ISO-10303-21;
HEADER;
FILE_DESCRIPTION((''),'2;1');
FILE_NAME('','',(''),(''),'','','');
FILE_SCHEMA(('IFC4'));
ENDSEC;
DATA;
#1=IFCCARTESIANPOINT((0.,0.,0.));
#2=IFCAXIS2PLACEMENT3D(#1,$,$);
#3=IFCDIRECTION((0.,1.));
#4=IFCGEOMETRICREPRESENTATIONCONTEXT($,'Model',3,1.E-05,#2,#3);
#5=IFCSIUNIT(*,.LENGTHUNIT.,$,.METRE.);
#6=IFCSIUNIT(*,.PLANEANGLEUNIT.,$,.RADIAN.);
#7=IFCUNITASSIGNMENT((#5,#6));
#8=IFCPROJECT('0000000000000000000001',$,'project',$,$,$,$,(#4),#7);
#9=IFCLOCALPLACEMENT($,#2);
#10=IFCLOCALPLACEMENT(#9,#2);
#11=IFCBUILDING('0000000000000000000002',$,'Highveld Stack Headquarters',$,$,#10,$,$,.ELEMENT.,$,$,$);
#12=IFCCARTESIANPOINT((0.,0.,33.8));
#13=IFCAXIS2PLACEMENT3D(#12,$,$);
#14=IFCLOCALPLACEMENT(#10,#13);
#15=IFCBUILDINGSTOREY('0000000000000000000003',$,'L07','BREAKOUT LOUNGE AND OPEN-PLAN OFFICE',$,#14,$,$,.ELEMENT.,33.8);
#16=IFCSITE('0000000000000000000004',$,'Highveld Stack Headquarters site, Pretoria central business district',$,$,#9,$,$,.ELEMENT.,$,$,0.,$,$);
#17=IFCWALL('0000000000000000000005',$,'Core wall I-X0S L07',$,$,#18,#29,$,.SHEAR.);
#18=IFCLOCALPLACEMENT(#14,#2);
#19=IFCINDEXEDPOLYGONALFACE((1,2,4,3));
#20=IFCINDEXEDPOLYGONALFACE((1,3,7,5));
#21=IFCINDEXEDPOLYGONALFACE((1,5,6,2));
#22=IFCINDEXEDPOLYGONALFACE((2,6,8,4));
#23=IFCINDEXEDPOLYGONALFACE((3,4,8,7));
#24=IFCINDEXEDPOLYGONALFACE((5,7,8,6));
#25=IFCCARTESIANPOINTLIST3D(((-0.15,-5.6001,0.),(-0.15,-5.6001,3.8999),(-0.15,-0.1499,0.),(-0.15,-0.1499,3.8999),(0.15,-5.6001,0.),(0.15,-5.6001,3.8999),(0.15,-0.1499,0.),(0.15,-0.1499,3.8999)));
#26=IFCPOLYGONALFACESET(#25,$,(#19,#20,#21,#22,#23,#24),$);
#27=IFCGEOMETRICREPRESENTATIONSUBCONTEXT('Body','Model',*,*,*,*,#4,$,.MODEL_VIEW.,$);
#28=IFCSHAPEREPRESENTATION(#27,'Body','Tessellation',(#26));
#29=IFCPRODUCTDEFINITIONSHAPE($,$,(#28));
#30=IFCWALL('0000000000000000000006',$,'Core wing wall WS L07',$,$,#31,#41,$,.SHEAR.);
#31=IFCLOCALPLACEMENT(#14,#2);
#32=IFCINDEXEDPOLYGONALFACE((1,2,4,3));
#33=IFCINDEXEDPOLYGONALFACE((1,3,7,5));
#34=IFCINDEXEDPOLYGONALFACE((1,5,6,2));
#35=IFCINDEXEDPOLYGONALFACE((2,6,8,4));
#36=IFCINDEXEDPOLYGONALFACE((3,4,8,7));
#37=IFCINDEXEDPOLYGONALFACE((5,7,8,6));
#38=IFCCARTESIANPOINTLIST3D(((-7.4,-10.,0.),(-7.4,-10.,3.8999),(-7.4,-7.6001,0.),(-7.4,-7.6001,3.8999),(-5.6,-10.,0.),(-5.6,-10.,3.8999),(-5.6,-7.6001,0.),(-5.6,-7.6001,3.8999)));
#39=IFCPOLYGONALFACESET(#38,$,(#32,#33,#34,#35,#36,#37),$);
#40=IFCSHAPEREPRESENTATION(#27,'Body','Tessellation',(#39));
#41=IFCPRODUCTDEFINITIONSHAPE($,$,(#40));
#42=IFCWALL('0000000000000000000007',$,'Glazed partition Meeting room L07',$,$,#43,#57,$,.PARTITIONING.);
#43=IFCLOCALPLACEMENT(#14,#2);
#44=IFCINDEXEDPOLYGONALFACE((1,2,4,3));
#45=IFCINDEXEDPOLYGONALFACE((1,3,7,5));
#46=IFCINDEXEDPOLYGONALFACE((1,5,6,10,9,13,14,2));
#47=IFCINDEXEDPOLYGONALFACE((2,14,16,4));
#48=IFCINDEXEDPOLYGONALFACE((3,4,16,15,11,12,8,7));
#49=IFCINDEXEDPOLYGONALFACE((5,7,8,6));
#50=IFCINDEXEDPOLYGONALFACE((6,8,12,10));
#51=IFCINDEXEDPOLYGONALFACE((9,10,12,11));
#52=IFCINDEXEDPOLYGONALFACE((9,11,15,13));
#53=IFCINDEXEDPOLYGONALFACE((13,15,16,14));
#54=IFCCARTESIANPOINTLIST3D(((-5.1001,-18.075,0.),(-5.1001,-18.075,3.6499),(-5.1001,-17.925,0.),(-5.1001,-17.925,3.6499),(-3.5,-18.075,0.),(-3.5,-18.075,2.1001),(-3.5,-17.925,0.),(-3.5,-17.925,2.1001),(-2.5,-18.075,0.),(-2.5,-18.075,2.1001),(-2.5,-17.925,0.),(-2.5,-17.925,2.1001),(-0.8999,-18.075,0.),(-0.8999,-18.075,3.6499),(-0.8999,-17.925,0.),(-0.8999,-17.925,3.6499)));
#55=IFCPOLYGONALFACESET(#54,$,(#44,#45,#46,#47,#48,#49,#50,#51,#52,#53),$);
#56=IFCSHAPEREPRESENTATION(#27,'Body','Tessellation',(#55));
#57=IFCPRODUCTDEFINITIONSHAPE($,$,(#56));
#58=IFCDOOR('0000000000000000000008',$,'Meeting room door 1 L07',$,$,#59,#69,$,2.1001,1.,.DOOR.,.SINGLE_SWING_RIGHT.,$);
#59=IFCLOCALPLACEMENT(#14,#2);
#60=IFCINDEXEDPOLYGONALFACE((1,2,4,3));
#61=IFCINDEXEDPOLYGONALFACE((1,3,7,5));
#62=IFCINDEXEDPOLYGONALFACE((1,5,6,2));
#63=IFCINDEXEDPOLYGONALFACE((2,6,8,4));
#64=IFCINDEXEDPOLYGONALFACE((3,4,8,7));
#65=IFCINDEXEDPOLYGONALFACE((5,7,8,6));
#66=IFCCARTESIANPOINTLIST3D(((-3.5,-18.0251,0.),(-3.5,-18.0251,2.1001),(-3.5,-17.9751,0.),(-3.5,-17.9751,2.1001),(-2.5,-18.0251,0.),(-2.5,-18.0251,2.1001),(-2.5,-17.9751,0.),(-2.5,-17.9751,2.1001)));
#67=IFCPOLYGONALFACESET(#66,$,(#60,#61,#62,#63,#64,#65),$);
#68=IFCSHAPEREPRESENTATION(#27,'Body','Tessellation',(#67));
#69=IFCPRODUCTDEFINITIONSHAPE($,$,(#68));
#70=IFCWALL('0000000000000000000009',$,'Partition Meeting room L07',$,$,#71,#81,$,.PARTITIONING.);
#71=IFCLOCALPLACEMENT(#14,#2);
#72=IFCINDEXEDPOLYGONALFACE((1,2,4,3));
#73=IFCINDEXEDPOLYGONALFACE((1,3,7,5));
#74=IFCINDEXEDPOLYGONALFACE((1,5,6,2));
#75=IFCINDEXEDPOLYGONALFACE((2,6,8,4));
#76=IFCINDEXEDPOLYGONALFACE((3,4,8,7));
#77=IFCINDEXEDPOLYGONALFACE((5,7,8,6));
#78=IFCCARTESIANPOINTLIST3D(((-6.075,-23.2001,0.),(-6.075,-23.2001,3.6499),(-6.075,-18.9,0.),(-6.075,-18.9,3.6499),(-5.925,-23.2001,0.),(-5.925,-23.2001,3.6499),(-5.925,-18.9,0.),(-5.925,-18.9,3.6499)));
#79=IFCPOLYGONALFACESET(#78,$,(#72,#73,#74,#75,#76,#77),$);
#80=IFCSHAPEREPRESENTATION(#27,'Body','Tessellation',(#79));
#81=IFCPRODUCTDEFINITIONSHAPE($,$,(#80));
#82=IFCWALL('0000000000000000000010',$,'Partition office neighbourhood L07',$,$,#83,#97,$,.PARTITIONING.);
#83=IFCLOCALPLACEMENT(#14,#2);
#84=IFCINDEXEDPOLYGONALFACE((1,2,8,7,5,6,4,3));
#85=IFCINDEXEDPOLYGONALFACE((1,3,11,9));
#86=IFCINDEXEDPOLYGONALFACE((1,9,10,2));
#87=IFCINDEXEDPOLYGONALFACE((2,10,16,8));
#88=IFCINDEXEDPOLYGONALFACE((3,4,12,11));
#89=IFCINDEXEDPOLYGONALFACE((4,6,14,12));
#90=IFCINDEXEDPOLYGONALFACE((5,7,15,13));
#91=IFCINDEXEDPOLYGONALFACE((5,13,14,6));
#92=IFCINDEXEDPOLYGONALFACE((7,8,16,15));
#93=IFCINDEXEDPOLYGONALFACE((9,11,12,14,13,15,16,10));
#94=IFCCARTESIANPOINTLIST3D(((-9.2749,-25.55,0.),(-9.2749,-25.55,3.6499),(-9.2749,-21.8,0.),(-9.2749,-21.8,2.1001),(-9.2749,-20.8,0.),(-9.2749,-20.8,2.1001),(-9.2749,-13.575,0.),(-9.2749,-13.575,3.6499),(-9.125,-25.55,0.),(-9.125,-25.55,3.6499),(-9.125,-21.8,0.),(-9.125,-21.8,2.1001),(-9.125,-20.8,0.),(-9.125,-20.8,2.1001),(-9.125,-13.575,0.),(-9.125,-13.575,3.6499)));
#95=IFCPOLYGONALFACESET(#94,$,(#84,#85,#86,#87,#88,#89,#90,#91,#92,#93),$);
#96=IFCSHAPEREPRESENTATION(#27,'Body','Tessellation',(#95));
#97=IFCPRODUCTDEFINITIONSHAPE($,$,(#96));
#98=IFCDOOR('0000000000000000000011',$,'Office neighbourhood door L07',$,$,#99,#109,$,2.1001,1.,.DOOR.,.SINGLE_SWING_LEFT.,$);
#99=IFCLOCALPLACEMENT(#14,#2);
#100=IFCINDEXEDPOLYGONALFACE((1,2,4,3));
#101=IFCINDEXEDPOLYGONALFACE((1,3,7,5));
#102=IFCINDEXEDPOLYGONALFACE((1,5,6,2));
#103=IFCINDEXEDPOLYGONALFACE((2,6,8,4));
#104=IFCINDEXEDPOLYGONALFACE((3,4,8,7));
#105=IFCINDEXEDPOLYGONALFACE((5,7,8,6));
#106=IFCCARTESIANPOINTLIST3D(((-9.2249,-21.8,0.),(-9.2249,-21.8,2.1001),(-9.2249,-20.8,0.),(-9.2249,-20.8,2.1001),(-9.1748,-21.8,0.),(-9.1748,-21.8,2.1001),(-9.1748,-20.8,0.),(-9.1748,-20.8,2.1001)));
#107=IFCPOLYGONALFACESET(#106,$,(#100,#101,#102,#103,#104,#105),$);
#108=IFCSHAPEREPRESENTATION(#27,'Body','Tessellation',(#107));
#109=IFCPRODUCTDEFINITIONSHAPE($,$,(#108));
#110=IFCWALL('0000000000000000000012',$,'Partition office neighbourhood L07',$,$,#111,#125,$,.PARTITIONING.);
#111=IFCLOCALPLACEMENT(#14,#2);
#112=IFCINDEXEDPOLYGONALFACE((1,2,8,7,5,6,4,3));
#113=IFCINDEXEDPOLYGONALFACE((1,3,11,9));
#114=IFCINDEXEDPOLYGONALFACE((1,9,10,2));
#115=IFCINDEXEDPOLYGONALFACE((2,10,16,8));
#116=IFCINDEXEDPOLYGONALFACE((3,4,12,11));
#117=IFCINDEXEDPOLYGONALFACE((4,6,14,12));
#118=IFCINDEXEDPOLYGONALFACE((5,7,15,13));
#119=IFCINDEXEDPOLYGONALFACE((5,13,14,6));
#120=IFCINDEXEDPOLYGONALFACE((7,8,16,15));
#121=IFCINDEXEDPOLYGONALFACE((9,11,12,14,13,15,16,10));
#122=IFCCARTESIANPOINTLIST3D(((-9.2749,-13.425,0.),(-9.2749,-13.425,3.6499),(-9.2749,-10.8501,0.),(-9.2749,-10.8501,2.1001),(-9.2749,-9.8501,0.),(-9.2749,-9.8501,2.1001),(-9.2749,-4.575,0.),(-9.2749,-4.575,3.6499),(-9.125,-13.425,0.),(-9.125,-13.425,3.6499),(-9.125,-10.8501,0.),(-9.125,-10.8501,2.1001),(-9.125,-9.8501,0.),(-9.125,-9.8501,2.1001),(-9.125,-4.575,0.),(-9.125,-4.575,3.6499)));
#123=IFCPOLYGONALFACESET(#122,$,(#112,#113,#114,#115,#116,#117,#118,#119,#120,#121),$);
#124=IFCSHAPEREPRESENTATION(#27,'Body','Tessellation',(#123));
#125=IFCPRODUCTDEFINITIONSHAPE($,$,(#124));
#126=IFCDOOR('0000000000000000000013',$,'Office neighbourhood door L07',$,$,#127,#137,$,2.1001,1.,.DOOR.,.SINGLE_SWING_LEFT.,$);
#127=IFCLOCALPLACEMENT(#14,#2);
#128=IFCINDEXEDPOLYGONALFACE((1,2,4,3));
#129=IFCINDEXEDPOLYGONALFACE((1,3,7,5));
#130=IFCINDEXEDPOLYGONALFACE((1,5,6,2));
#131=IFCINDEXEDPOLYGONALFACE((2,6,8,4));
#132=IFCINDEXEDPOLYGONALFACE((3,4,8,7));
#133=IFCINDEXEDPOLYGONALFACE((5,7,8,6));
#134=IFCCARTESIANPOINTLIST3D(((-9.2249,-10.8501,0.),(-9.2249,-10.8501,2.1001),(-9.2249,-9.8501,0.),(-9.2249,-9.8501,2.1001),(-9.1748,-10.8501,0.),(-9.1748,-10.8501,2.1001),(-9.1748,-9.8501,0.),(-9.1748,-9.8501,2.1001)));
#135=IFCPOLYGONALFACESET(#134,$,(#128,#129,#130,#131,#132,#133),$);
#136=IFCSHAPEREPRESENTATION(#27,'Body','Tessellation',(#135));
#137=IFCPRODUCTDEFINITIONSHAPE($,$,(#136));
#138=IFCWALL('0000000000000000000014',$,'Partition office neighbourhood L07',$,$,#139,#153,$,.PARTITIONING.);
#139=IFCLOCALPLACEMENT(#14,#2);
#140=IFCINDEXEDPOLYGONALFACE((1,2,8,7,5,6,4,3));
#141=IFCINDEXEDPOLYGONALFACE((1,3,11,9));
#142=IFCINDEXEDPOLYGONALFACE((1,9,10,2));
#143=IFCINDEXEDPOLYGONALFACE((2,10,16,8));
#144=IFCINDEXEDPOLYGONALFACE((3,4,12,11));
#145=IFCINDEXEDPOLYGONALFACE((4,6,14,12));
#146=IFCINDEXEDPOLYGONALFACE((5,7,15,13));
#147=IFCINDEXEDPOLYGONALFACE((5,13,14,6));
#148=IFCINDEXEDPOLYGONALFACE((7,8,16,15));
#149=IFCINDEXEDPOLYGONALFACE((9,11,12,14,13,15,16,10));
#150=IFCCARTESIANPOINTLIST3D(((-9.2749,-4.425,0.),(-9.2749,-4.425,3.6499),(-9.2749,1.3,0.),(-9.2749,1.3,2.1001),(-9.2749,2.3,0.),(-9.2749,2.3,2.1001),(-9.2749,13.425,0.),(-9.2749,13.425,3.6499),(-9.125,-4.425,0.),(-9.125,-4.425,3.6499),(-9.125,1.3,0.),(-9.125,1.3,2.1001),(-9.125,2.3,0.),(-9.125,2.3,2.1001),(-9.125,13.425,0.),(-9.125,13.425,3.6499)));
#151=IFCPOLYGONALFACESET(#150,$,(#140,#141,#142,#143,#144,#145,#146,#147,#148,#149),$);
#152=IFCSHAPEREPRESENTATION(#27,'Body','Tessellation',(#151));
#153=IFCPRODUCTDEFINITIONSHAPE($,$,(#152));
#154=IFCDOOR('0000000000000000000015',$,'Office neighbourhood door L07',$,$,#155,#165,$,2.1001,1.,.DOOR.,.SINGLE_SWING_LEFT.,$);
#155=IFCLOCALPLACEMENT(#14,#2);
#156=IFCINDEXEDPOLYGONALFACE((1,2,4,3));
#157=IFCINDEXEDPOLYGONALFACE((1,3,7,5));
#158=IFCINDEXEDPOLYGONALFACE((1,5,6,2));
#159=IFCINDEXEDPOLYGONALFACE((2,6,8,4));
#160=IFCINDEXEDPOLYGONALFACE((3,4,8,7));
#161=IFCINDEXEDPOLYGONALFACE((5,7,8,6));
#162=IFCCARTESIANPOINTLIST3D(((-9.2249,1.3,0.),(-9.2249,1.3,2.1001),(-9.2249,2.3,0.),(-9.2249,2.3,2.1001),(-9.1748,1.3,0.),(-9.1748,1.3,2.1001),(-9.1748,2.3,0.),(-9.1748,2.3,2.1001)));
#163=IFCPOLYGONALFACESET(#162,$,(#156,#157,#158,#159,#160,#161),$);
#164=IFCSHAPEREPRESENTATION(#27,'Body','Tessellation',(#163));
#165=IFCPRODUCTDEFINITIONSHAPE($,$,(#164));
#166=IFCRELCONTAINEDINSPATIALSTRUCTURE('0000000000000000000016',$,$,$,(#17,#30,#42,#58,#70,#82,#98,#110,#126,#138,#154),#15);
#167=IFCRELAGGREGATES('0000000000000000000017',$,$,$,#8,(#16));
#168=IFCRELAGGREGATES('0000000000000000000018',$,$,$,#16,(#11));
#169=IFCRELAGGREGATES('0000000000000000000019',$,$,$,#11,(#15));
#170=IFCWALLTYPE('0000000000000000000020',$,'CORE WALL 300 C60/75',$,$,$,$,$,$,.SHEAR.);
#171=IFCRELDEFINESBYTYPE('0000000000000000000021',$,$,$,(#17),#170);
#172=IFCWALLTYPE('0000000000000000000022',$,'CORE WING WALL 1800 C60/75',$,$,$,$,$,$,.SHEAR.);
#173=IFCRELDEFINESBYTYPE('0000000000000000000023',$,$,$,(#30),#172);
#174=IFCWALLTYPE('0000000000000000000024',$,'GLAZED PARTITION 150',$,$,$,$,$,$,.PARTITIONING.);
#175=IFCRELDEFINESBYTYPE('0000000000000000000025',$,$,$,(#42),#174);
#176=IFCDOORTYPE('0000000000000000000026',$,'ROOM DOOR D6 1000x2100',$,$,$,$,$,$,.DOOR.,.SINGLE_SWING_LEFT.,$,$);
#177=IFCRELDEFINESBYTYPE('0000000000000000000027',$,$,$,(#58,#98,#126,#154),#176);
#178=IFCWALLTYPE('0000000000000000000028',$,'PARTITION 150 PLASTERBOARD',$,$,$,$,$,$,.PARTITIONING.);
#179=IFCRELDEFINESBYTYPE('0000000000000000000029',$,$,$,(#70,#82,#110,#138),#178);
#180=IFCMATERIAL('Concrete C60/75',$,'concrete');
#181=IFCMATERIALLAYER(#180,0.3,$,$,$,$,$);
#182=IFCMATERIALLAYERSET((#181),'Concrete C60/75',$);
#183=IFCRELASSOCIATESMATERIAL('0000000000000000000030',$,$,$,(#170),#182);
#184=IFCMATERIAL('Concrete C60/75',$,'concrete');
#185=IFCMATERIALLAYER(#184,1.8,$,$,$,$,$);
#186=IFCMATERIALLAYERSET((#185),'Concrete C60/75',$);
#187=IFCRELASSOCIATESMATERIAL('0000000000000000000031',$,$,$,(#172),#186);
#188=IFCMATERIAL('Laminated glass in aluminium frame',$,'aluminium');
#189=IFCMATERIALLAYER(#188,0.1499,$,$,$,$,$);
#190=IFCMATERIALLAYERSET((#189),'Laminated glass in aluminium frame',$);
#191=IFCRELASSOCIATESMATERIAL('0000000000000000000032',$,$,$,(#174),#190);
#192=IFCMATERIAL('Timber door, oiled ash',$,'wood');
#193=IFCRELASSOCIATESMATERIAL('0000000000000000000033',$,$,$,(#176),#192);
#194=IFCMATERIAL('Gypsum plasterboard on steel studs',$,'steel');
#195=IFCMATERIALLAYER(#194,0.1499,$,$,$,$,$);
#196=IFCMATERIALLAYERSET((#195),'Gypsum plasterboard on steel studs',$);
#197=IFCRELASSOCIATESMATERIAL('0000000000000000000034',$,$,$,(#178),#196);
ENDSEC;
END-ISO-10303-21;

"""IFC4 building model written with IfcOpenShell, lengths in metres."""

from ifc_helpers import new_model, si_unit, direction, frame, frame_2d, origin, place, context, subcontext, project, spatial, rectangle, extrude, material, layer, layer_set, type_object, element, fill, save


model = new_model("IFC4")

# Units and contexts
model_context = context("Model", 3, precision=1e-05, world=origin(), true_north=direction((0.0, 1.0)))
body_context = subcontext(model_context, "Body", "Model", "MODEL_VIEW")
ifc_project = project(units=[si_unit("LENGTHUNIT", "METRE"), si_unit("PLANEANGLEUNIT", "RADIAN")], contexts=[model_context])

# Site, building, storey
site_placement = place(None, origin())
site = spatial("IfcSite", under=ifc_project, at=site_placement, Name="Highveld Stack Headquarters site, Pretoria central business district", CompositionType="ELEMENT", RefElevation=0.0)
building_placement = place(site_placement, origin())
building = spatial("IfcBuilding", under=site, at=building_placement, Name="Highveld Stack Headquarters", CompositionType="ELEMENT")
storey_placement = place(building_placement, frame((0.0, 0.0, 33.8)))
storey = spatial("IfcBuildingStorey", under=building, at=storey_placement, Name="L07", Description="BREAKOUT LOUNGE AND OPEN-PLAN OFFICE", CompositionType="ELEMENT", Elevation=33.8)

# Walls
ifc_material_1 = material(Name="Concrete C60/75", Category="concrete")
ifc_layer_1 = layer(ifc_material_1, 0.3)
ifc_layer_set_1 = layer_set([ifc_layer_1], Name="Concrete C60/75")
wall_type_1 = type_object("IfcWallType", Name="CORE WALL 300 C60/75", PredefinedType="SHEAR", material=ifc_layer_set_1)
wall_1_placement = place(storey_placement, frame((0.0, -5.6001, 0.0), z_axis=(0.0, 0.0, 1.0), x_axis=(0.0, 1.0, 0.0)))
element("IfcWall", 1, at=wall_1_placement, inside=storey, type_object=wall_type_1, Name="Core wall I-X0S L07", PredefinedType="SHEAR", context=body_context, shape_type="SweptSolid", body=[
    extrude(rectangle(XDim=5.4502, YDim=0.3, at=frame_2d((2.7251, 0.0))), origin(), (0.0, 0.0, 1.0), 3.8999),
])
ifc_material_2 = material(Name="Concrete C60/75", Category="concrete")
ifc_layer_2 = layer(ifc_material_2, 1.8)
ifc_layer_set_2 = layer_set([ifc_layer_2], Name="Concrete C60/75")
wall_type_2 = type_object("IfcWallType", Name="CORE WING WALL 1800 C60/75", PredefinedType="SHEAR", material=ifc_layer_set_2)
wall_2_placement = place(storey_placement, frame((-6.5, -10.0, 0.0), z_axis=(0.0, 0.0, 1.0), x_axis=(0.0, 1.0, 0.0)))
element("IfcWall", 2, at=wall_2_placement, inside=storey, type_object=wall_type_2, Name="Core wing wall WS L07", PredefinedType="SHEAR", context=body_context, shape_type="SweptSolid", body=[
    extrude(rectangle(XDim=2.3999, YDim=1.8, at=frame_2d((1.2, 0.0))), origin(), (0.0, 0.0, 1.0), 3.8999),
])

# Wall, opening, door
ifc_material_3 = material(Name="Laminated glass in aluminium frame", Category="aluminium")
ifc_layer_3 = layer(ifc_material_3, 0.1499)
ifc_layer_set_3 = layer_set([ifc_layer_3], Name="Laminated glass in aluminium frame")
wall_type_3 = type_object("IfcWallType", Name="GLAZED PARTITION 150", PredefinedType="PARTITIONING", material=ifc_layer_set_3)
wall_3_placement = place(storey_placement, frame((-5.1001, -18.0, 0.0), z_axis=(0.0, 0.0, 1.0), x_axis=(1.0, 0.0, 0.0)))
wall_3 = element("IfcWall", 3, at=wall_3_placement, inside=storey, type_object=wall_type_3, Name="Glazed partition Meeting room L07", PredefinedType="PARTITIONING", context=body_context, shape_type="SweptSolid", body=[
    extrude(rectangle(XDim=4.2002, YDim=0.1499, at=frame_2d((2.1001, 0.0))), origin(), (0.0, 0.0, 1.0), 3.6499),
])
opening_1_placement = place(wall_3_placement, frame((1.6001, 0.0, 0.0)))
opening_1 = element("IfcOpeningElement", 4, at=opening_1_placement, cuts=wall_3, PredefinedType="OPENING", context=body_context, shape_type="SweptSolid", body=[
    extrude(rectangle(XDim=1.0, YDim=2.1001, at=frame_2d((0.5, 1.05))), frame((0.0, 0.085, 0.0), z_axis=(0.0, -1.0, 0.0), x_axis=(1.0, 0.0, 0.0)), (0.0, 0.0, 1.0), 0.1699),
])
ifc_material_4 = material(Name="Timber door, oiled ash", Category="wood")
door_type_1 = type_object("IfcDoorType", Name="ROOM DOOR D6 1000x2100", OperationType="SINGLE_SWING_LEFT", PredefinedType="DOOR", material=ifc_material_4)
door_1_placement = place(opening_1_placement, origin())
door_1 = element("IfcDoor", 5, at=door_1_placement, inside=storey, type_object=door_type_1, Name="Meeting room door 1 L07", OperationType="SINGLE_SWING_RIGHT", OverallHeight=2.1001, OverallWidth=1.0, PredefinedType="DOOR", context=body_context, shape_type="SweptSolid", body=[
    extrude(rectangle(XDim=1.0, YDim=2.1001, at=frame_2d((0.5, 1.05))), frame((0.0, 0.0249, 0.0), z_axis=(0.0, -1.0, 0.0), x_axis=(1.0, 0.0, 0.0)), (0.0, 0.0, 1.0), 0.05),
])
fill(opening_1, door_1)

# Wall
ifc_material_5 = material(Name="Gypsum plasterboard on steel studs", Category="steel")
ifc_layer_4 = layer(ifc_material_5, 0.1499)
ifc_layer_set_4 = layer_set([ifc_layer_4], Name="Gypsum plasterboard on steel studs")
wall_type_4 = type_object("IfcWallType", Name="PARTITION 150 PLASTERBOARD", PredefinedType="PARTITIONING", material=ifc_layer_set_4)
wall_4_placement = place(storey_placement, frame((-6.0, -23.2, 0.0), z_axis=(0.0, 0.0, 1.0), x_axis=(0.0, 1.0, 0.0)))
element("IfcWall", 6, at=wall_4_placement, inside=storey, type_object=wall_type_4, Name="Partition Meeting room L07", PredefinedType="PARTITIONING", context=body_context, shape_type="SweptSolid", body=[
    extrude(rectangle(XDim=4.3, YDim=0.1499, at=frame_2d((2.1499, 0.0))), origin(), (0.0, 0.0, 1.0), 3.6499),
])

# Walls, openings, doors
wall_5_placement = place(storey_placement, frame((-9.2, -25.55, 0.0), z_axis=(0.0, 0.0, 1.0), x_axis=(0.0, 1.0, 0.0)))
wall_5 = element("IfcWall", 7, at=wall_5_placement, inside=storey, type_object=wall_type_4, Name="Partition office neighbourhood L07", PredefinedType="PARTITIONING", context=body_context, shape_type="SweptSolid", body=[
    extrude(rectangle(XDim=11.9751, YDim=0.1499, at=frame_2d((5.9875, 0.0))), origin(), (0.0, 0.0, 1.0), 3.6499),
])
opening_2_placement = place(wall_5_placement, frame((3.75, 0.0, 0.0)))
opening_2 = element("IfcOpeningElement", 8, at=opening_2_placement, cuts=wall_5, PredefinedType="OPENING", context=body_context, shape_type="SweptSolid", body=[
    extrude(rectangle(XDim=1.0, YDim=2.1001, at=frame_2d((0.5, 1.05))), frame((0.0, 0.085, 0.0), z_axis=(0.0, -1.0, 0.0), x_axis=(1.0, 0.0, 0.0)), (0.0, 0.0, 1.0), 0.1699),
])
door_2_placement = place(opening_2_placement, origin())
door_2 = element("IfcDoor", 9, at=door_2_placement, inside=storey, type_object=door_type_1, Name="Office neighbourhood door L07", OperationType="SINGLE_SWING_LEFT", OverallHeight=2.1001, OverallWidth=1.0, PredefinedType="DOOR", context=body_context, shape_type="SweptSolid", body=[
    extrude(rectangle(XDim=1.0, YDim=2.1001, at=frame_2d((0.5, 1.05))), frame((0.0, 0.0249, 0.0), z_axis=(0.0, -1.0, 0.0), x_axis=(1.0, 0.0, 0.0)), (0.0, 0.0, 1.0), 0.05),
])
fill(opening_2, door_2)
wall_6_placement = place(storey_placement, frame((-9.2, -13.425, 0.0), z_axis=(0.0, 0.0, 1.0), x_axis=(0.0, 1.0, 0.0)))
wall_6 = element("IfcWall", 10, at=wall_6_placement, inside=storey, type_object=wall_type_4, Name="Partition office neighbourhood L07", PredefinedType="PARTITIONING", context=body_context, shape_type="SweptSolid", body=[
    extrude(rectangle(XDim=8.8501, YDim=0.1499, at=frame_2d((4.425, 0.0))), origin(), (0.0, 0.0, 1.0), 3.6499),
])
opening_3_placement = place(wall_6_placement, frame((2.575, 0.0, 0.0)))
opening_3 = element("IfcOpeningElement", 11, at=opening_3_placement, cuts=wall_6, PredefinedType="OPENING", context=body_context, shape_type="SweptSolid", body=[
    extrude(rectangle(XDim=1.0, YDim=2.1001, at=frame_2d((0.5, 1.05))), frame((0.0, 0.085, 0.0), z_axis=(0.0, -1.0, 0.0), x_axis=(1.0, 0.0, 0.0)), (0.0, 0.0, 1.0), 0.1699),
])
door_3_placement = place(opening_3_placement, origin())
door_3 = element("IfcDoor", 12, at=door_3_placement, inside=storey, type_object=door_type_1, Name="Office neighbourhood door L07", OperationType="SINGLE_SWING_LEFT", OverallHeight=2.1001, OverallWidth=1.0, PredefinedType="DOOR", context=body_context, shape_type="SweptSolid", body=[
    extrude(rectangle(XDim=1.0, YDim=2.1001, at=frame_2d((0.5, 1.05))), frame((0.0, 0.0249, 0.0), z_axis=(0.0, -1.0, 0.0), x_axis=(1.0, 0.0, 0.0)), (0.0, 0.0, 1.0), 0.05),
])
fill(opening_3, door_3)
wall_7_placement = place(storey_placement, frame((-9.2, -4.425, 0.0), z_axis=(0.0, 0.0, 1.0), x_axis=(0.0, 1.0, 0.0)))
wall_7 = element("IfcWall", 13, at=wall_7_placement, inside=storey, type_object=wall_type_4, Name="Partition office neighbourhood L07", PredefinedType="PARTITIONING", context=body_context, shape_type="SweptSolid", body=[
    extrude(rectangle(XDim=17.8501, YDim=0.1499, at=frame_2d((8.925, 0.0))), origin(), (0.0, 0.0, 1.0), 3.6499),
])
opening_4_placement = place(wall_7_placement, frame((5.7251, 0.0, 0.0)))
opening_4 = element("IfcOpeningElement", 14, at=opening_4_placement, cuts=wall_7, PredefinedType="OPENING", context=body_context, shape_type="SweptSolid", body=[
    extrude(rectangle(XDim=1.0, YDim=2.1001, at=frame_2d((0.5, 1.05))), frame((0.0, 0.085, 0.0), z_axis=(0.0, -1.0, 0.0), x_axis=(1.0, 0.0, 0.0)), (0.0, 0.0, 1.0), 0.1699),
])
door_4_placement = place(opening_4_placement, origin())
door_4 = element("IfcDoor", 15, at=door_4_placement, inside=storey, type_object=door_type_1, Name="Office neighbourhood door L07", OperationType="SINGLE_SWING_LEFT", OverallHeight=2.1001, OverallWidth=1.0, PredefinedType="DOOR", context=body_context, shape_type="SweptSolid", body=[
    extrude(rectangle(XDim=1.0, YDim=2.1001, at=frame_2d((0.5, 1.05))), frame((0.0, 0.0249, 0.0), z_axis=(0.0, -1.0, 0.0), x_axis=(1.0, 0.0, 0.0)), (0.0, 0.0, 1.0), 0.05),
])
fill(opening_4, door_4)

save(model, "model.ifc")
